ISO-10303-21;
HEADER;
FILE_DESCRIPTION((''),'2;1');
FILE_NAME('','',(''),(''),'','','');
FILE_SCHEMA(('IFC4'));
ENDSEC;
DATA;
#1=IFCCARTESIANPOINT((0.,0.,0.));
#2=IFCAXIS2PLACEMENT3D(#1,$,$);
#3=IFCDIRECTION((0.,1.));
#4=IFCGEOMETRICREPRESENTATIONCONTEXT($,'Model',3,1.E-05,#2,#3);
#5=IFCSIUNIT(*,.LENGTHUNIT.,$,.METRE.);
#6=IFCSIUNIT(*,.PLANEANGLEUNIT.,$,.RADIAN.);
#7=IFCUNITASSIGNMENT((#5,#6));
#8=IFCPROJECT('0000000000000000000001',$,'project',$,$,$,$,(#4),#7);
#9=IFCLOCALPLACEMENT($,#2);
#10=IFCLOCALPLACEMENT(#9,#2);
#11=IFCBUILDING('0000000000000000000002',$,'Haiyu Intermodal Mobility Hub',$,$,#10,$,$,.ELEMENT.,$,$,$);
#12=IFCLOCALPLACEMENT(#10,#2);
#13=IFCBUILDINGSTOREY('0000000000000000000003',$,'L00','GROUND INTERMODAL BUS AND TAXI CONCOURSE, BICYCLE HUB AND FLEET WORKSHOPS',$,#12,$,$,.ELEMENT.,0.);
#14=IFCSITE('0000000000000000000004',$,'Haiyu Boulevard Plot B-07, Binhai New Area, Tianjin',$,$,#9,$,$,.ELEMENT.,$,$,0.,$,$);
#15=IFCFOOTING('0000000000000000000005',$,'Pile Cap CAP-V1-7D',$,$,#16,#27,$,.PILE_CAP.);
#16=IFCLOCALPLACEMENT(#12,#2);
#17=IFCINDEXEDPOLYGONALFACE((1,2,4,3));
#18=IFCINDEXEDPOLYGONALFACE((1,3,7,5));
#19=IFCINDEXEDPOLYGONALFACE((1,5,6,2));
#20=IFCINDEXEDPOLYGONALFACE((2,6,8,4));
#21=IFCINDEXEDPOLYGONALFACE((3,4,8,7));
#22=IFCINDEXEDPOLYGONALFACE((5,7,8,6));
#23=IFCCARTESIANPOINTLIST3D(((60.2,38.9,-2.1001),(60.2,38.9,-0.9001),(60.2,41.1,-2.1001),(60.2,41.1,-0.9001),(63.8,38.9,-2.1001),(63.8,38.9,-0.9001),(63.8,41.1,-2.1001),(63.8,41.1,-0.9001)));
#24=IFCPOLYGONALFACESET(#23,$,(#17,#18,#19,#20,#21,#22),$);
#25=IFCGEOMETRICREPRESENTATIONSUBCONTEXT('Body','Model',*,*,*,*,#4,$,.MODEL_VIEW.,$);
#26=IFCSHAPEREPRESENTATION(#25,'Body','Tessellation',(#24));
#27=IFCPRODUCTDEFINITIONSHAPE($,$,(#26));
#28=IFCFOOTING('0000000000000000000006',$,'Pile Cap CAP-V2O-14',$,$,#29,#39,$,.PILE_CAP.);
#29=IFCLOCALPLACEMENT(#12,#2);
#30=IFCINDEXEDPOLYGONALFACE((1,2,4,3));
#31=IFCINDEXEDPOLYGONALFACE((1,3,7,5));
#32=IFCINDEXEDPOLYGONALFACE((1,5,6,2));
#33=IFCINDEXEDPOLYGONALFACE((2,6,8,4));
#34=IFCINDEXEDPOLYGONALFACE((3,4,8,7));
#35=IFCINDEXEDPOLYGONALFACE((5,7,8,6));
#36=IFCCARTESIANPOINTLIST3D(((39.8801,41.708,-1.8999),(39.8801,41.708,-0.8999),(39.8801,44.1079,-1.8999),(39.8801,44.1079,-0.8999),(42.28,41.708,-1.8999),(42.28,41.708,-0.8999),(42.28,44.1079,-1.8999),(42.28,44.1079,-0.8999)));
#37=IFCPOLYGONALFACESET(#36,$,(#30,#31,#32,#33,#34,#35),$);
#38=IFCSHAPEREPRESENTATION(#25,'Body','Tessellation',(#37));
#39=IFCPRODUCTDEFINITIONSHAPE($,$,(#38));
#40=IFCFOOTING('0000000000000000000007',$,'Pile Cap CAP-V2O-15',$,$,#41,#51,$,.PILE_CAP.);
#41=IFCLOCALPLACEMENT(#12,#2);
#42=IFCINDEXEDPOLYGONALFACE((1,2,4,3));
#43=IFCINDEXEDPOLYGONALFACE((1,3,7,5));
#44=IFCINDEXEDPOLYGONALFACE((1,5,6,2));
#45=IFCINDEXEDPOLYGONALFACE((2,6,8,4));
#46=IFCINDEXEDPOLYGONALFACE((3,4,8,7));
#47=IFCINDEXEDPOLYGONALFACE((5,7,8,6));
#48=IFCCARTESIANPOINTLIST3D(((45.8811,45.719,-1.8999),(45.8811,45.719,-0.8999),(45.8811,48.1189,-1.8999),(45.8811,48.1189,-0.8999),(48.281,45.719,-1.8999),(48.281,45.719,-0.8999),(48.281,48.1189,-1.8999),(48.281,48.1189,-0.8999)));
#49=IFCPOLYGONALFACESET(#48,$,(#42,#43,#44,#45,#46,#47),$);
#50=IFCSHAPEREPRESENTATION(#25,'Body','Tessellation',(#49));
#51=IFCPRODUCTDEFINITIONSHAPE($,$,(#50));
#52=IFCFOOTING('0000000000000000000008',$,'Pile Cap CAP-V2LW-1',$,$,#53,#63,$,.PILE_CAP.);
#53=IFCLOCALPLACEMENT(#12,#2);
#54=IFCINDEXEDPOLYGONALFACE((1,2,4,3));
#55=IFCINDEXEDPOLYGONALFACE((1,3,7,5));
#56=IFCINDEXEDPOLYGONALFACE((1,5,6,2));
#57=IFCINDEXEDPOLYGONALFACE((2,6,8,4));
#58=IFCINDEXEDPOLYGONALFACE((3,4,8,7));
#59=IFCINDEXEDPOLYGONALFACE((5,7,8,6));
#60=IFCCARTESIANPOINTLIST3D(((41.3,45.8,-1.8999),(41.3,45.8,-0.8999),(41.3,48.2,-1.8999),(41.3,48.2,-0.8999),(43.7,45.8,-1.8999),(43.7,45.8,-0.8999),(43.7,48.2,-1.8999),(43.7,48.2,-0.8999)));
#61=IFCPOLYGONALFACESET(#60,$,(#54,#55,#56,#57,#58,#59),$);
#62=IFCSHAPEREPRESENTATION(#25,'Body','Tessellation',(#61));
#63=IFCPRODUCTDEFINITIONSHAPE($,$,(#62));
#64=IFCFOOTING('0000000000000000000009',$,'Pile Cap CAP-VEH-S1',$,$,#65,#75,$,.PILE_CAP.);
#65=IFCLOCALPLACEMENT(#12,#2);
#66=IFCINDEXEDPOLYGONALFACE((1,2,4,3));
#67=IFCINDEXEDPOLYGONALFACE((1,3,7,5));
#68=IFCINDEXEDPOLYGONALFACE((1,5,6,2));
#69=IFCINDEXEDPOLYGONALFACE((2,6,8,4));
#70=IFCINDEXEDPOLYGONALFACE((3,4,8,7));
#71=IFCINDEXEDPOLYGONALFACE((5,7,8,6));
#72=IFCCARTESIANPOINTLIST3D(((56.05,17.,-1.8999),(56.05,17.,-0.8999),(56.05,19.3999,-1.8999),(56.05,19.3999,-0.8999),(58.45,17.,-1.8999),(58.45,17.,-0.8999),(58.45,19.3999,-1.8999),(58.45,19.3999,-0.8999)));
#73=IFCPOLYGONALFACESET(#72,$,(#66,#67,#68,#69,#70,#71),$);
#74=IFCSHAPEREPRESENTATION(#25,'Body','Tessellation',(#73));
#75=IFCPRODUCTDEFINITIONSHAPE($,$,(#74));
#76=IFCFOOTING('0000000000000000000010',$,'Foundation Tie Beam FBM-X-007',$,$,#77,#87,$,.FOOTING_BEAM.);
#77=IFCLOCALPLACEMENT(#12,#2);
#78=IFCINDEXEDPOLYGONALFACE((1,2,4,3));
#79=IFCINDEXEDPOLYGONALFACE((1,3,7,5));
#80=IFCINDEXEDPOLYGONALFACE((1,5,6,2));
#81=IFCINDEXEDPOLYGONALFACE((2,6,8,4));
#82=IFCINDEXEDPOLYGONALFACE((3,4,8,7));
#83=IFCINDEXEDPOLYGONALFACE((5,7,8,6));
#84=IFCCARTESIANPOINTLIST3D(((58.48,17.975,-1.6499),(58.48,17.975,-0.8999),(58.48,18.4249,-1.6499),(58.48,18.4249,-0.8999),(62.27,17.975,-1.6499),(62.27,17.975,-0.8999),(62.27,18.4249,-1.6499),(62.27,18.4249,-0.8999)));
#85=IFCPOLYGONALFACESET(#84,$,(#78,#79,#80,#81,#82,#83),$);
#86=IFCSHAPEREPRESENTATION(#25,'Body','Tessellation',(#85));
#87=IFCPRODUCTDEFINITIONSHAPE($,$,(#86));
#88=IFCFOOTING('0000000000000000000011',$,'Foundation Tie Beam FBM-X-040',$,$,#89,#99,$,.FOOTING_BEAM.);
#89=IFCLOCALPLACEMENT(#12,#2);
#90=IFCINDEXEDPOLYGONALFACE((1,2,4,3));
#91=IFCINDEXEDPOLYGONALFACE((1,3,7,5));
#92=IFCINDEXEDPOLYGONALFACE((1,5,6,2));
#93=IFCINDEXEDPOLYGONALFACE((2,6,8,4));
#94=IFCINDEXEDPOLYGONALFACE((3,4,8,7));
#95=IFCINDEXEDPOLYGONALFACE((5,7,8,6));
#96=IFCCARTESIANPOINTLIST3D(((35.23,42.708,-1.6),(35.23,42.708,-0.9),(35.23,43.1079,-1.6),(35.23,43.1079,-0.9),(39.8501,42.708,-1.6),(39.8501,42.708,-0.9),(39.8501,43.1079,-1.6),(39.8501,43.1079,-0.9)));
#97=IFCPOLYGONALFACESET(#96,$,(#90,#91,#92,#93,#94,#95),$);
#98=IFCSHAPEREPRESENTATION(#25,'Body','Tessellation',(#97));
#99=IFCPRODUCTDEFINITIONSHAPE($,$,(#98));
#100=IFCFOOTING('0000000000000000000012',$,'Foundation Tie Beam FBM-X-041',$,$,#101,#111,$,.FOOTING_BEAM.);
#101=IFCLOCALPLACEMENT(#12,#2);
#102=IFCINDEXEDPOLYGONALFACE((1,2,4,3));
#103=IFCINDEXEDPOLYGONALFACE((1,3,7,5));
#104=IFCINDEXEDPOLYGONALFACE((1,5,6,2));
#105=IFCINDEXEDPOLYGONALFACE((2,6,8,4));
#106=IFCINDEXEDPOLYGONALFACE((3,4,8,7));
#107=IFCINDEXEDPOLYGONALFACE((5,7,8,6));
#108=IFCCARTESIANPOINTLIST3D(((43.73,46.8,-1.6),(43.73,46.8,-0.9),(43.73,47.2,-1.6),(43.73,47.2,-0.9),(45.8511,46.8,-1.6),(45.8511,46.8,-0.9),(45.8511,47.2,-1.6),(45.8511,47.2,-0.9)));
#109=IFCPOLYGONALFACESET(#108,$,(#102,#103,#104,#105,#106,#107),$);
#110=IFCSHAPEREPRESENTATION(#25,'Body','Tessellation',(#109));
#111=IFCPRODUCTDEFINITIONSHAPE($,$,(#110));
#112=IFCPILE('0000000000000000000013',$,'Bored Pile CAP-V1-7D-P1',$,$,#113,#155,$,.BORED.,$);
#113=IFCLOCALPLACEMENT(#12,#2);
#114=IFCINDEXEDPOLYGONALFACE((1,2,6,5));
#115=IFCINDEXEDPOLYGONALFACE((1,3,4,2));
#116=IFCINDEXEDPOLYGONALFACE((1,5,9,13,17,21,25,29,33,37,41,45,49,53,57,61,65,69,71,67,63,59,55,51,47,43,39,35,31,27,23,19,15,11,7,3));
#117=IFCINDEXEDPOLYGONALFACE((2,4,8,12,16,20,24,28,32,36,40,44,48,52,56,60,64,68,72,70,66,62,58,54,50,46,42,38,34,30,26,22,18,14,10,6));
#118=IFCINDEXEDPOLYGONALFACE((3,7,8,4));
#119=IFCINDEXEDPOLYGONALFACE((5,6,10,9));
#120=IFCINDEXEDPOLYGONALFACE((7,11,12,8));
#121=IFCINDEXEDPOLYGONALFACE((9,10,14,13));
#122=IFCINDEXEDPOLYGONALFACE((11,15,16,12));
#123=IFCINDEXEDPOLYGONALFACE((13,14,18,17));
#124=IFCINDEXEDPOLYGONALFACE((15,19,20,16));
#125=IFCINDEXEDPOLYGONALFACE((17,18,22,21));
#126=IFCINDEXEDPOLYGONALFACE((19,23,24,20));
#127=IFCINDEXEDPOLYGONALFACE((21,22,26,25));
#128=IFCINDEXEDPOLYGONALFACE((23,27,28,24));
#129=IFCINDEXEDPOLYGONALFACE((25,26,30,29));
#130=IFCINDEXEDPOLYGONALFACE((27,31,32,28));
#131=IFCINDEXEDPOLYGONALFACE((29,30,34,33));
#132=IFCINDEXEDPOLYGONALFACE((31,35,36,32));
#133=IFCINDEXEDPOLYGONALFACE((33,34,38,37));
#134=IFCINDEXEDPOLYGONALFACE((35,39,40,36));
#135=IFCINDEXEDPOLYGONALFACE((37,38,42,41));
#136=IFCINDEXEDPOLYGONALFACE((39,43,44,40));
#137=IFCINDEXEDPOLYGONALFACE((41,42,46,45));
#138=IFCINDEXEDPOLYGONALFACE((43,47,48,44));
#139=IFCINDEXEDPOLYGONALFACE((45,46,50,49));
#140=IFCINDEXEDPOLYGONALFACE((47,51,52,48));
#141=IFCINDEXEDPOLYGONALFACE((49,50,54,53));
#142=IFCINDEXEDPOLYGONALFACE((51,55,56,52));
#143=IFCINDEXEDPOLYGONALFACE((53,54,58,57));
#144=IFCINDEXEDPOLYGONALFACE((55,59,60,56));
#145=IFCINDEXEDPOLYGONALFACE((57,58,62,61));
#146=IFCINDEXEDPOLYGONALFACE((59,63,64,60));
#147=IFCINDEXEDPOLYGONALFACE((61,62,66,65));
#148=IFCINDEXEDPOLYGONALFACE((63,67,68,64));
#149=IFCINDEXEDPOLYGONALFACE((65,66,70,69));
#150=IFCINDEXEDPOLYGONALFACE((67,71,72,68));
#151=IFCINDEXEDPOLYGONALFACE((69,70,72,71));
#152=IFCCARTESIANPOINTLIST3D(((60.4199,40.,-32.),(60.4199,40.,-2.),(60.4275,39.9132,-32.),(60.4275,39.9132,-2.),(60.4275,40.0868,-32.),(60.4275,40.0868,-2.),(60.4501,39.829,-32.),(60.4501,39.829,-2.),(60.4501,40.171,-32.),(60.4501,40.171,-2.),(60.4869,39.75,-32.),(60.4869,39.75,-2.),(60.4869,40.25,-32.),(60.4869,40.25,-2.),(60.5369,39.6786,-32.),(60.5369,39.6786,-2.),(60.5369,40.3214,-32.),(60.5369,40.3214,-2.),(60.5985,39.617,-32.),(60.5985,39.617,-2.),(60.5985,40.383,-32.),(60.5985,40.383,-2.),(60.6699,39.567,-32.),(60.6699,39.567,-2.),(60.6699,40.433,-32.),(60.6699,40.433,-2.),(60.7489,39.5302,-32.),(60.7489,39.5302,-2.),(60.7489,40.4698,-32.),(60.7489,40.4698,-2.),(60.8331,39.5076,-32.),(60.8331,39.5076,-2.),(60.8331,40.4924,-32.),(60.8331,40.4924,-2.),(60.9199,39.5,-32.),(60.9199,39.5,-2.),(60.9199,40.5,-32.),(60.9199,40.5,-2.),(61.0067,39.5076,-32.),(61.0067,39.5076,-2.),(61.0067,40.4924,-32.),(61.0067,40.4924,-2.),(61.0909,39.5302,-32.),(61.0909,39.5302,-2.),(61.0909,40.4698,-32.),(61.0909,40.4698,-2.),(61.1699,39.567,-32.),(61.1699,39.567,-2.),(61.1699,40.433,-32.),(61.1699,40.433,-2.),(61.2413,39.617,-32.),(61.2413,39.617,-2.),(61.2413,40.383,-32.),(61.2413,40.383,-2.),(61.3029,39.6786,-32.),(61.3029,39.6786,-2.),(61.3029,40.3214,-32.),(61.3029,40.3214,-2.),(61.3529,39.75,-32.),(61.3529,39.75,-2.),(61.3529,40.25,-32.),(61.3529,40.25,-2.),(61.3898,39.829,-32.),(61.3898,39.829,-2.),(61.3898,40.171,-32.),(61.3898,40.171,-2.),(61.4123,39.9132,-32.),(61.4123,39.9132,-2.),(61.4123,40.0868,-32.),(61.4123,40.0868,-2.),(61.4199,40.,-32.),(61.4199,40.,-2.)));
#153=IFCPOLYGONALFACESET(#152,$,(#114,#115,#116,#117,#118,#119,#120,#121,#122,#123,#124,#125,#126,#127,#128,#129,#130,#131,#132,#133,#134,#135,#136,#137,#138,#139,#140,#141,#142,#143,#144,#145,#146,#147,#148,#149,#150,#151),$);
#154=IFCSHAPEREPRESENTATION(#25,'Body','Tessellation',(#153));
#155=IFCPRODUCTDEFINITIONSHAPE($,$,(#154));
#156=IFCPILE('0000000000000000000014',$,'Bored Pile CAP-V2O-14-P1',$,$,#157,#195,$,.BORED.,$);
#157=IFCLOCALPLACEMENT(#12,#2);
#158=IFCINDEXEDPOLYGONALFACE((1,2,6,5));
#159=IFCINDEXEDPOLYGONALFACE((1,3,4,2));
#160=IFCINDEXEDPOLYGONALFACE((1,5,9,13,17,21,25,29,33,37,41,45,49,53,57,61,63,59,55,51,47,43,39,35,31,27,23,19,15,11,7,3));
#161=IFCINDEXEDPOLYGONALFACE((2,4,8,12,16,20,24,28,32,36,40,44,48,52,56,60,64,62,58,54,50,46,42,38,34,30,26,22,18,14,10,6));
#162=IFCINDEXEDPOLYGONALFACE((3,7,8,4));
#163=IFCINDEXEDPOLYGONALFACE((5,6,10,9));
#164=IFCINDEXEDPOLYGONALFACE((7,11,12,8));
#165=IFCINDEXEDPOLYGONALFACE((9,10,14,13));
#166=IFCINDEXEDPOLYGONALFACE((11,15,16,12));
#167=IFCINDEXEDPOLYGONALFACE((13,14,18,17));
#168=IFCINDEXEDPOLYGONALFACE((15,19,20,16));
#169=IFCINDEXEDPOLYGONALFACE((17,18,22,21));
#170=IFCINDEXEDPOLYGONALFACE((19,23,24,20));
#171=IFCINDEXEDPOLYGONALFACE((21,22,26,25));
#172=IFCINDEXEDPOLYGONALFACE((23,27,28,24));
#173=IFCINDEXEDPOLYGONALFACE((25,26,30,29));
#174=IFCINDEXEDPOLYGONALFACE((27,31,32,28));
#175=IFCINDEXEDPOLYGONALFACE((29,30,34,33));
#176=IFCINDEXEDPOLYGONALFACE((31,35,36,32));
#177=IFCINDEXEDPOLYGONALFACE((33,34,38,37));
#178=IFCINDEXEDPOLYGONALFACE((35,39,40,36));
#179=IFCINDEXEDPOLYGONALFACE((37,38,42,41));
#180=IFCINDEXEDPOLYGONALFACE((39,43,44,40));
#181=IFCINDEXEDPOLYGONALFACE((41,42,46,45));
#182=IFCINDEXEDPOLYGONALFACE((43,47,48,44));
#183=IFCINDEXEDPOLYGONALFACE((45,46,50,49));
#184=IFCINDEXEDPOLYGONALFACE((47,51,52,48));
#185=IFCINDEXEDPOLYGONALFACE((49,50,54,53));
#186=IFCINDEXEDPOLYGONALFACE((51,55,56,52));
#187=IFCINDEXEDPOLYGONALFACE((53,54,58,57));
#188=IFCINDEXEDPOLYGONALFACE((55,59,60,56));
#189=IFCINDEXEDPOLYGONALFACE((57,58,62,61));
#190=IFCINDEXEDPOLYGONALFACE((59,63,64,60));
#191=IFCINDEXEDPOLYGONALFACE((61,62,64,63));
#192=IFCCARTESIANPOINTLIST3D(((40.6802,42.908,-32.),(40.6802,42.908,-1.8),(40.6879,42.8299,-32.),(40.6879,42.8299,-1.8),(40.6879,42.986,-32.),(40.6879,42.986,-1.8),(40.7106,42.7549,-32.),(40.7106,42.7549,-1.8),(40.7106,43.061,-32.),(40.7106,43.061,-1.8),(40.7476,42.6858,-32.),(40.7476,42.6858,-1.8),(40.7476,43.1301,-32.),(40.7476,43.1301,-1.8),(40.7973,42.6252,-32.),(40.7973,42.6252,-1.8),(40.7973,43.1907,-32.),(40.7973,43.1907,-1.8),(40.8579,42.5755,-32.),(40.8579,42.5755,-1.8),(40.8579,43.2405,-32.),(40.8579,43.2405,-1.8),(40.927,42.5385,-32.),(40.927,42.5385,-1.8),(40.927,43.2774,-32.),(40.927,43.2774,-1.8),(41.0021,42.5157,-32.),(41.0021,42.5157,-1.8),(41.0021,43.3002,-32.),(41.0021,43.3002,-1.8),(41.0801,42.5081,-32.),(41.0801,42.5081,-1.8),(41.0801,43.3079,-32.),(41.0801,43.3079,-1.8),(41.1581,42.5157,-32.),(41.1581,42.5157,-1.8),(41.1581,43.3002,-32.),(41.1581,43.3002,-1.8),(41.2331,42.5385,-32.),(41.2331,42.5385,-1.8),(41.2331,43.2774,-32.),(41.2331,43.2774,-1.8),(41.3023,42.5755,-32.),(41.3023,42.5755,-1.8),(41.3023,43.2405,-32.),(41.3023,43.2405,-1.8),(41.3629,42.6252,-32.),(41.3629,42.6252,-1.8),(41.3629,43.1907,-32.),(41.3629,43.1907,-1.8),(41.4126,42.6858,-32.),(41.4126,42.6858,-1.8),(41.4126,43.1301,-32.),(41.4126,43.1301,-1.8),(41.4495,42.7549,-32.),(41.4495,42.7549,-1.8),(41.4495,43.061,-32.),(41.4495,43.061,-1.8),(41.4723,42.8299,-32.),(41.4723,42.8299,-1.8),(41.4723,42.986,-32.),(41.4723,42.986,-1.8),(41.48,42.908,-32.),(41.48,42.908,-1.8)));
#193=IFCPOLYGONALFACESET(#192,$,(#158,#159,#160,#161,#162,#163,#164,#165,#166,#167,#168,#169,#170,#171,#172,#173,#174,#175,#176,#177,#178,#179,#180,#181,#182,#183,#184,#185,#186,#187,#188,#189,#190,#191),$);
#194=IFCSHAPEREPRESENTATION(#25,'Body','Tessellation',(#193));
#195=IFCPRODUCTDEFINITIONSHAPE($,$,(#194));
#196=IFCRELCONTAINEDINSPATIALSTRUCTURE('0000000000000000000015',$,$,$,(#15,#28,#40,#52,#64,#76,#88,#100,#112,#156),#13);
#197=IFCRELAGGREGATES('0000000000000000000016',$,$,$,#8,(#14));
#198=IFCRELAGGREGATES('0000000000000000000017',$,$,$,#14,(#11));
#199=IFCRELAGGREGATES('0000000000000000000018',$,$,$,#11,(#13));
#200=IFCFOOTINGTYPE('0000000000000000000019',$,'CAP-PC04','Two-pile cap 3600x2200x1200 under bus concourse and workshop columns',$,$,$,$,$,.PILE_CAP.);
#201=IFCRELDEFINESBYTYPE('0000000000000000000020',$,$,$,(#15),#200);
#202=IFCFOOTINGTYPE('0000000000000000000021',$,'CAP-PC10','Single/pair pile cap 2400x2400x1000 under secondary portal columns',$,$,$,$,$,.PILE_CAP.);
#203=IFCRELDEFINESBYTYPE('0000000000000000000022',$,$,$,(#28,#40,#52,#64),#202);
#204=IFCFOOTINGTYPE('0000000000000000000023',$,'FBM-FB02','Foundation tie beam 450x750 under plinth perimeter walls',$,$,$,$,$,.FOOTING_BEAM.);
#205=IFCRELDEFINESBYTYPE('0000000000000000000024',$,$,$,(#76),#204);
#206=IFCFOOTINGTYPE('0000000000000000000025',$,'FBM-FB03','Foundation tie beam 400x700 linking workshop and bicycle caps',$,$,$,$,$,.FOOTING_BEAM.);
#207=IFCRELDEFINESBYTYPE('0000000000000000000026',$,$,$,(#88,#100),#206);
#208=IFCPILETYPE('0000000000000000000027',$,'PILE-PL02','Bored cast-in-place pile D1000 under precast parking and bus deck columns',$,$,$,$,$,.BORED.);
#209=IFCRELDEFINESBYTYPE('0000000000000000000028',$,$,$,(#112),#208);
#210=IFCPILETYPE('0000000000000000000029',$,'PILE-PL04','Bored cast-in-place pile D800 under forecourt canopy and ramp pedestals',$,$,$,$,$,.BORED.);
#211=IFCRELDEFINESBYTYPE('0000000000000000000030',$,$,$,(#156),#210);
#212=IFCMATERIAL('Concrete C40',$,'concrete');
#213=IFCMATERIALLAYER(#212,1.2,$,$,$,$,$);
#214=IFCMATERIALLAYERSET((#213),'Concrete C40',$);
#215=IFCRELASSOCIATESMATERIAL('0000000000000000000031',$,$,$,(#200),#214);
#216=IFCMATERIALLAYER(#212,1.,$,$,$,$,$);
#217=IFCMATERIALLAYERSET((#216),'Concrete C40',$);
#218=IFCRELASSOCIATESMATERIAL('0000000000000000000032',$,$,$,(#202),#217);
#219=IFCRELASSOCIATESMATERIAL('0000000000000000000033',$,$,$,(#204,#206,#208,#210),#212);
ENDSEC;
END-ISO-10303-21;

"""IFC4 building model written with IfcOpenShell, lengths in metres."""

from ifc_helpers import new_model, si_unit, direction, frame, origin, origin_2d, place, context, subcontext, project, spatial, rectangle, circle, extrude, material, layer, layer_set, material_profile, profile_set, type_object, element, save


model = new_model("IFC4")

# Units and contexts
model_context = context("Model", 3, precision=1e-05, world=origin(), true_north=direction((0.0, 1.0)))
body_context = subcontext(model_context, "Body", "Model", "MODEL_VIEW")
ifc_project = project(units=[si_unit("LENGTHUNIT", "METRE"), si_unit("PLANEANGLEUNIT", "RADIAN")], contexts=[model_context])

# Site, building, storey
site_placement = place(None, origin())
site = spatial("IfcSite", under=ifc_project, at=site_placement, Name="Haiyu Boulevard Plot B-07, Binhai New Area, Tianjin", CompositionType="ELEMENT", RefElevation=0.0)
building_placement = place(site_placement, origin())
building = spatial("IfcBuilding", under=site, at=building_placement, Name="Haiyu Intermodal Mobility Hub", CompositionType="ELEMENT")
storey_placement = place(building_placement, origin())
storey = spatial("IfcBuildingStorey", under=building, at=storey_placement, Name="L00", Description="GROUND INTERMODAL BUS AND TAXI CONCOURSE, BICYCLE HUB AND FLEET WORKSHOPS", CompositionType="ELEMENT", Elevation=0.0)

# Footings
ifc_material_1 = material(Name="Concrete C40", Category="concrete")
ifc_layer_1 = layer(ifc_material_1, 1.2)
ifc_layer_set_1 = layer_set([ifc_layer_1], Name="Concrete C40")
footing_type_1 = type_object("IfcFootingType", Name="CAP-PC04", Description="Two-pile cap 3600x2200x1200 under bus concourse and workshop columns", PredefinedType="PILE_CAP", material=ifc_layer_set_1)
footing_1_placement = place(storey_placement, frame((62.0, 40.0, -2.1001), z_axis=(0.0, 0.0, 1.0), x_axis=(1.0, 0.0, 0.0)))
element("IfcFooting", 1, at=footing_1_placement, inside=storey, type_object=footing_type_1, Name="Pile Cap CAP-V1-7D", PredefinedType="PILE_CAP", context=body_context, shape_type="SweptSolid", body=[
    extrude(rectangle(XDim=3.6001, YDim=2.2, at=origin_2d()), origin(), (0.0, 0.0, 1.0), 1.2),
])
ifc_layer_2 = layer(ifc_material_1, 1.0)
ifc_layer_set_2 = layer_set([ifc_layer_2], Name="Concrete C40")
footing_type_2 = type_object("IfcFootingType", Name="CAP-PC10", Description="Single/pair pile cap 2400x2400x1000 under secondary portal columns", PredefinedType="PILE_CAP", material=ifc_layer_set_2)
for number, where, z_axis, x_axis, name in (
    (2, (41.0801, 42.908, -1.8999), (0.0, 0.0, 1.0), (1.0, 0.0, 0.0), "Pile Cap CAP-V2O-14"),
    (3, (47.0811, 46.9189, -1.8999), (0.0, 0.0, 1.0), (1.0, 0.0, 0.0), "Pile Cap CAP-V2O-15"),
    (4, (42.5, 47.0, -1.8999), (0.0, 0.0, 1.0), (1.0, 0.0, 0.0), "Pile Cap CAP-V2LW-1"),
    (5, (57.25, 18.2, -1.8999), (0.0, 0.0, 1.0), (1.0, 0.0, 0.0), "Pile Cap CAP-VEH-S1"),
):
    element("IfcFooting", number, at=place(storey_placement, frame(where, z_axis=z_axis, x_axis=x_axis)), inside=storey, type_object=footing_type_2, Name=name, PredefinedType="PILE_CAP", context=body_context, shape_type="SweptSolid", body=[
        extrude(rectangle(XDim=2.3999, YDim=2.3999, at=origin_2d()), origin(), (0.0, 0.0, 1.0), 1.0),
    ])
ifc_material_profile_1 = material_profile(ifc_material_1, rectangle(XDim=0.45, YDim=0.75, at=origin_2d()), Name="FB450x750")
ifc_profile_set_1 = profile_set([ifc_material_profile_1], Name="Concrete C40")
footing_type_3 = type_object("IfcFootingType", Name="FBM-FB02", Description="Foundation tie beam 450x750 under plinth perimeter walls", PredefinedType="FOOTING_BEAM", material=ifc_profile_set_1)
footing_2_placement = place(storey_placement, frame((58.48, 18.2, -1.2749), z_axis=(1.0, 0.0, 0.0), x_axis=(0.0, 1.0, 0.0)))
element("IfcFooting", 6, at=footing_2_placement, inside=storey, type_object=footing_type_3, Name="Foundation Tie Beam FBM-X-007", PredefinedType="FOOTING_BEAM", context=body_context, shape_type="SweptSolid", body=[
    extrude(rectangle(XDim=0.45, YDim=0.75, at=origin_2d()), origin(), (0.0, 0.0, 1.0), 3.79),
])
ifc_material_profile_2 = material_profile(ifc_material_1, rectangle(XDim=0.3999, YDim=0.7, at=origin_2d()), Name="FB400x700")
ifc_profile_set_2 = profile_set([ifc_material_profile_2], Name="Concrete C40")
footing_type_4 = type_object("IfcFootingType", Name="FBM-FB03", Description="Foundation tie beam 400x700 linking workshop and bicycle caps", PredefinedType="FOOTING_BEAM", material=ifc_profile_set_2)
footing_3_placement = place(storey_placement, frame((35.23, 42.908, -1.25), z_axis=(1.0, 0.0, 0.0), x_axis=(0.0, 1.0, 0.0)))
element("IfcFooting", 7, at=footing_3_placement, inside=storey, type_object=footing_type_4, Name="Foundation Tie Beam FBM-X-040", PredefinedType="FOOTING_BEAM", context=body_context, shape_type="SweptSolid", body=[
    extrude(rectangle(XDim=0.3999, YDim=0.7, at=origin_2d()), origin(), (0.0, 0.0, 1.0), 4.6201),
])
footing_4_placement = place(storey_placement, frame((43.73, 47.0, -1.25), z_axis=(1.0, 0.0, 0.0), x_axis=(0.0, 1.0, 0.0)))
element("IfcFooting", 8, at=footing_4_placement, inside=storey, type_object=footing_type_4, Name="Foundation Tie Beam FBM-X-041", PredefinedType="FOOTING_BEAM", context=body_context, shape_type="SweptSolid", body=[
    extrude(rectangle(XDim=0.3999, YDim=0.7, at=origin_2d()), origin(), (0.0, 0.0, 1.0), 2.1211),
])

# Piles
ifc_material_profile_3 = material_profile(ifc_material_1, circle(Radius=0.5, at=origin_2d()), Name="PILE-D1000")
ifc_profile_set_3 = profile_set([ifc_material_profile_3], Name="Concrete C40")
pile_type_1 = type_object("IfcPileType", Name="PILE-PL02", Description="Bored cast-in-place pile D1000 under precast parking and bus deck columns", PredefinedType="BORED", material=ifc_profile_set_3)
pile_placement = place(storey_placement, frame((60.9199, 40.0, -2.0), z_axis=(0.0, 0.0, -1.0), x_axis=(1.0, 0.0, 0.0)))
element("IfcPile", 9, at=pile_placement, inside=storey, type_object=pile_type_1, Name="Bored Pile CAP-V1-7D-P1", PredefinedType="BORED", context=body_context, shape_type="SweptSolid", body=[
    extrude(circle(Radius=0.5, at=origin_2d()), origin(), (0.0, 0.0, 1.0), 30.0),
])
ifc_material_profile_4 = material_profile(ifc_material_1, circle(Radius=0.3999, at=origin_2d()), Name="PILE-D800")
ifc_profile_set_4 = profile_set([ifc_material_profile_4], Name="Concrete C40")
pile_type_2 = type_object("IfcPileType", Name="PILE-PL04", Description="Bored cast-in-place pile D800 under forecourt canopy and ramp pedestals", PredefinedType="BORED", material=ifc_profile_set_4)
for number, where, z_axis, x_axis, name in (
    (10, (41.0801, 42.908, -1.8), (0.0, 0.0, -1.0), (1.0, 0.0, 0.0), "Bored Pile CAP-V2O-14-P1"),
):
    element("IfcPile", number, at=place(storey_placement, frame(where, z_axis=z_axis, x_axis=x_axis)), inside=storey, type_object=pile_type_2, Name=name, PredefinedType="BORED", context=body_context, shape_type="SweptSolid", body=[
        extrude(circle(Radius=0.3999, at=origin_2d()), origin(), (0.0, 0.0, 1.0), 30.2),
    ])

save(model, "model.ifc")
